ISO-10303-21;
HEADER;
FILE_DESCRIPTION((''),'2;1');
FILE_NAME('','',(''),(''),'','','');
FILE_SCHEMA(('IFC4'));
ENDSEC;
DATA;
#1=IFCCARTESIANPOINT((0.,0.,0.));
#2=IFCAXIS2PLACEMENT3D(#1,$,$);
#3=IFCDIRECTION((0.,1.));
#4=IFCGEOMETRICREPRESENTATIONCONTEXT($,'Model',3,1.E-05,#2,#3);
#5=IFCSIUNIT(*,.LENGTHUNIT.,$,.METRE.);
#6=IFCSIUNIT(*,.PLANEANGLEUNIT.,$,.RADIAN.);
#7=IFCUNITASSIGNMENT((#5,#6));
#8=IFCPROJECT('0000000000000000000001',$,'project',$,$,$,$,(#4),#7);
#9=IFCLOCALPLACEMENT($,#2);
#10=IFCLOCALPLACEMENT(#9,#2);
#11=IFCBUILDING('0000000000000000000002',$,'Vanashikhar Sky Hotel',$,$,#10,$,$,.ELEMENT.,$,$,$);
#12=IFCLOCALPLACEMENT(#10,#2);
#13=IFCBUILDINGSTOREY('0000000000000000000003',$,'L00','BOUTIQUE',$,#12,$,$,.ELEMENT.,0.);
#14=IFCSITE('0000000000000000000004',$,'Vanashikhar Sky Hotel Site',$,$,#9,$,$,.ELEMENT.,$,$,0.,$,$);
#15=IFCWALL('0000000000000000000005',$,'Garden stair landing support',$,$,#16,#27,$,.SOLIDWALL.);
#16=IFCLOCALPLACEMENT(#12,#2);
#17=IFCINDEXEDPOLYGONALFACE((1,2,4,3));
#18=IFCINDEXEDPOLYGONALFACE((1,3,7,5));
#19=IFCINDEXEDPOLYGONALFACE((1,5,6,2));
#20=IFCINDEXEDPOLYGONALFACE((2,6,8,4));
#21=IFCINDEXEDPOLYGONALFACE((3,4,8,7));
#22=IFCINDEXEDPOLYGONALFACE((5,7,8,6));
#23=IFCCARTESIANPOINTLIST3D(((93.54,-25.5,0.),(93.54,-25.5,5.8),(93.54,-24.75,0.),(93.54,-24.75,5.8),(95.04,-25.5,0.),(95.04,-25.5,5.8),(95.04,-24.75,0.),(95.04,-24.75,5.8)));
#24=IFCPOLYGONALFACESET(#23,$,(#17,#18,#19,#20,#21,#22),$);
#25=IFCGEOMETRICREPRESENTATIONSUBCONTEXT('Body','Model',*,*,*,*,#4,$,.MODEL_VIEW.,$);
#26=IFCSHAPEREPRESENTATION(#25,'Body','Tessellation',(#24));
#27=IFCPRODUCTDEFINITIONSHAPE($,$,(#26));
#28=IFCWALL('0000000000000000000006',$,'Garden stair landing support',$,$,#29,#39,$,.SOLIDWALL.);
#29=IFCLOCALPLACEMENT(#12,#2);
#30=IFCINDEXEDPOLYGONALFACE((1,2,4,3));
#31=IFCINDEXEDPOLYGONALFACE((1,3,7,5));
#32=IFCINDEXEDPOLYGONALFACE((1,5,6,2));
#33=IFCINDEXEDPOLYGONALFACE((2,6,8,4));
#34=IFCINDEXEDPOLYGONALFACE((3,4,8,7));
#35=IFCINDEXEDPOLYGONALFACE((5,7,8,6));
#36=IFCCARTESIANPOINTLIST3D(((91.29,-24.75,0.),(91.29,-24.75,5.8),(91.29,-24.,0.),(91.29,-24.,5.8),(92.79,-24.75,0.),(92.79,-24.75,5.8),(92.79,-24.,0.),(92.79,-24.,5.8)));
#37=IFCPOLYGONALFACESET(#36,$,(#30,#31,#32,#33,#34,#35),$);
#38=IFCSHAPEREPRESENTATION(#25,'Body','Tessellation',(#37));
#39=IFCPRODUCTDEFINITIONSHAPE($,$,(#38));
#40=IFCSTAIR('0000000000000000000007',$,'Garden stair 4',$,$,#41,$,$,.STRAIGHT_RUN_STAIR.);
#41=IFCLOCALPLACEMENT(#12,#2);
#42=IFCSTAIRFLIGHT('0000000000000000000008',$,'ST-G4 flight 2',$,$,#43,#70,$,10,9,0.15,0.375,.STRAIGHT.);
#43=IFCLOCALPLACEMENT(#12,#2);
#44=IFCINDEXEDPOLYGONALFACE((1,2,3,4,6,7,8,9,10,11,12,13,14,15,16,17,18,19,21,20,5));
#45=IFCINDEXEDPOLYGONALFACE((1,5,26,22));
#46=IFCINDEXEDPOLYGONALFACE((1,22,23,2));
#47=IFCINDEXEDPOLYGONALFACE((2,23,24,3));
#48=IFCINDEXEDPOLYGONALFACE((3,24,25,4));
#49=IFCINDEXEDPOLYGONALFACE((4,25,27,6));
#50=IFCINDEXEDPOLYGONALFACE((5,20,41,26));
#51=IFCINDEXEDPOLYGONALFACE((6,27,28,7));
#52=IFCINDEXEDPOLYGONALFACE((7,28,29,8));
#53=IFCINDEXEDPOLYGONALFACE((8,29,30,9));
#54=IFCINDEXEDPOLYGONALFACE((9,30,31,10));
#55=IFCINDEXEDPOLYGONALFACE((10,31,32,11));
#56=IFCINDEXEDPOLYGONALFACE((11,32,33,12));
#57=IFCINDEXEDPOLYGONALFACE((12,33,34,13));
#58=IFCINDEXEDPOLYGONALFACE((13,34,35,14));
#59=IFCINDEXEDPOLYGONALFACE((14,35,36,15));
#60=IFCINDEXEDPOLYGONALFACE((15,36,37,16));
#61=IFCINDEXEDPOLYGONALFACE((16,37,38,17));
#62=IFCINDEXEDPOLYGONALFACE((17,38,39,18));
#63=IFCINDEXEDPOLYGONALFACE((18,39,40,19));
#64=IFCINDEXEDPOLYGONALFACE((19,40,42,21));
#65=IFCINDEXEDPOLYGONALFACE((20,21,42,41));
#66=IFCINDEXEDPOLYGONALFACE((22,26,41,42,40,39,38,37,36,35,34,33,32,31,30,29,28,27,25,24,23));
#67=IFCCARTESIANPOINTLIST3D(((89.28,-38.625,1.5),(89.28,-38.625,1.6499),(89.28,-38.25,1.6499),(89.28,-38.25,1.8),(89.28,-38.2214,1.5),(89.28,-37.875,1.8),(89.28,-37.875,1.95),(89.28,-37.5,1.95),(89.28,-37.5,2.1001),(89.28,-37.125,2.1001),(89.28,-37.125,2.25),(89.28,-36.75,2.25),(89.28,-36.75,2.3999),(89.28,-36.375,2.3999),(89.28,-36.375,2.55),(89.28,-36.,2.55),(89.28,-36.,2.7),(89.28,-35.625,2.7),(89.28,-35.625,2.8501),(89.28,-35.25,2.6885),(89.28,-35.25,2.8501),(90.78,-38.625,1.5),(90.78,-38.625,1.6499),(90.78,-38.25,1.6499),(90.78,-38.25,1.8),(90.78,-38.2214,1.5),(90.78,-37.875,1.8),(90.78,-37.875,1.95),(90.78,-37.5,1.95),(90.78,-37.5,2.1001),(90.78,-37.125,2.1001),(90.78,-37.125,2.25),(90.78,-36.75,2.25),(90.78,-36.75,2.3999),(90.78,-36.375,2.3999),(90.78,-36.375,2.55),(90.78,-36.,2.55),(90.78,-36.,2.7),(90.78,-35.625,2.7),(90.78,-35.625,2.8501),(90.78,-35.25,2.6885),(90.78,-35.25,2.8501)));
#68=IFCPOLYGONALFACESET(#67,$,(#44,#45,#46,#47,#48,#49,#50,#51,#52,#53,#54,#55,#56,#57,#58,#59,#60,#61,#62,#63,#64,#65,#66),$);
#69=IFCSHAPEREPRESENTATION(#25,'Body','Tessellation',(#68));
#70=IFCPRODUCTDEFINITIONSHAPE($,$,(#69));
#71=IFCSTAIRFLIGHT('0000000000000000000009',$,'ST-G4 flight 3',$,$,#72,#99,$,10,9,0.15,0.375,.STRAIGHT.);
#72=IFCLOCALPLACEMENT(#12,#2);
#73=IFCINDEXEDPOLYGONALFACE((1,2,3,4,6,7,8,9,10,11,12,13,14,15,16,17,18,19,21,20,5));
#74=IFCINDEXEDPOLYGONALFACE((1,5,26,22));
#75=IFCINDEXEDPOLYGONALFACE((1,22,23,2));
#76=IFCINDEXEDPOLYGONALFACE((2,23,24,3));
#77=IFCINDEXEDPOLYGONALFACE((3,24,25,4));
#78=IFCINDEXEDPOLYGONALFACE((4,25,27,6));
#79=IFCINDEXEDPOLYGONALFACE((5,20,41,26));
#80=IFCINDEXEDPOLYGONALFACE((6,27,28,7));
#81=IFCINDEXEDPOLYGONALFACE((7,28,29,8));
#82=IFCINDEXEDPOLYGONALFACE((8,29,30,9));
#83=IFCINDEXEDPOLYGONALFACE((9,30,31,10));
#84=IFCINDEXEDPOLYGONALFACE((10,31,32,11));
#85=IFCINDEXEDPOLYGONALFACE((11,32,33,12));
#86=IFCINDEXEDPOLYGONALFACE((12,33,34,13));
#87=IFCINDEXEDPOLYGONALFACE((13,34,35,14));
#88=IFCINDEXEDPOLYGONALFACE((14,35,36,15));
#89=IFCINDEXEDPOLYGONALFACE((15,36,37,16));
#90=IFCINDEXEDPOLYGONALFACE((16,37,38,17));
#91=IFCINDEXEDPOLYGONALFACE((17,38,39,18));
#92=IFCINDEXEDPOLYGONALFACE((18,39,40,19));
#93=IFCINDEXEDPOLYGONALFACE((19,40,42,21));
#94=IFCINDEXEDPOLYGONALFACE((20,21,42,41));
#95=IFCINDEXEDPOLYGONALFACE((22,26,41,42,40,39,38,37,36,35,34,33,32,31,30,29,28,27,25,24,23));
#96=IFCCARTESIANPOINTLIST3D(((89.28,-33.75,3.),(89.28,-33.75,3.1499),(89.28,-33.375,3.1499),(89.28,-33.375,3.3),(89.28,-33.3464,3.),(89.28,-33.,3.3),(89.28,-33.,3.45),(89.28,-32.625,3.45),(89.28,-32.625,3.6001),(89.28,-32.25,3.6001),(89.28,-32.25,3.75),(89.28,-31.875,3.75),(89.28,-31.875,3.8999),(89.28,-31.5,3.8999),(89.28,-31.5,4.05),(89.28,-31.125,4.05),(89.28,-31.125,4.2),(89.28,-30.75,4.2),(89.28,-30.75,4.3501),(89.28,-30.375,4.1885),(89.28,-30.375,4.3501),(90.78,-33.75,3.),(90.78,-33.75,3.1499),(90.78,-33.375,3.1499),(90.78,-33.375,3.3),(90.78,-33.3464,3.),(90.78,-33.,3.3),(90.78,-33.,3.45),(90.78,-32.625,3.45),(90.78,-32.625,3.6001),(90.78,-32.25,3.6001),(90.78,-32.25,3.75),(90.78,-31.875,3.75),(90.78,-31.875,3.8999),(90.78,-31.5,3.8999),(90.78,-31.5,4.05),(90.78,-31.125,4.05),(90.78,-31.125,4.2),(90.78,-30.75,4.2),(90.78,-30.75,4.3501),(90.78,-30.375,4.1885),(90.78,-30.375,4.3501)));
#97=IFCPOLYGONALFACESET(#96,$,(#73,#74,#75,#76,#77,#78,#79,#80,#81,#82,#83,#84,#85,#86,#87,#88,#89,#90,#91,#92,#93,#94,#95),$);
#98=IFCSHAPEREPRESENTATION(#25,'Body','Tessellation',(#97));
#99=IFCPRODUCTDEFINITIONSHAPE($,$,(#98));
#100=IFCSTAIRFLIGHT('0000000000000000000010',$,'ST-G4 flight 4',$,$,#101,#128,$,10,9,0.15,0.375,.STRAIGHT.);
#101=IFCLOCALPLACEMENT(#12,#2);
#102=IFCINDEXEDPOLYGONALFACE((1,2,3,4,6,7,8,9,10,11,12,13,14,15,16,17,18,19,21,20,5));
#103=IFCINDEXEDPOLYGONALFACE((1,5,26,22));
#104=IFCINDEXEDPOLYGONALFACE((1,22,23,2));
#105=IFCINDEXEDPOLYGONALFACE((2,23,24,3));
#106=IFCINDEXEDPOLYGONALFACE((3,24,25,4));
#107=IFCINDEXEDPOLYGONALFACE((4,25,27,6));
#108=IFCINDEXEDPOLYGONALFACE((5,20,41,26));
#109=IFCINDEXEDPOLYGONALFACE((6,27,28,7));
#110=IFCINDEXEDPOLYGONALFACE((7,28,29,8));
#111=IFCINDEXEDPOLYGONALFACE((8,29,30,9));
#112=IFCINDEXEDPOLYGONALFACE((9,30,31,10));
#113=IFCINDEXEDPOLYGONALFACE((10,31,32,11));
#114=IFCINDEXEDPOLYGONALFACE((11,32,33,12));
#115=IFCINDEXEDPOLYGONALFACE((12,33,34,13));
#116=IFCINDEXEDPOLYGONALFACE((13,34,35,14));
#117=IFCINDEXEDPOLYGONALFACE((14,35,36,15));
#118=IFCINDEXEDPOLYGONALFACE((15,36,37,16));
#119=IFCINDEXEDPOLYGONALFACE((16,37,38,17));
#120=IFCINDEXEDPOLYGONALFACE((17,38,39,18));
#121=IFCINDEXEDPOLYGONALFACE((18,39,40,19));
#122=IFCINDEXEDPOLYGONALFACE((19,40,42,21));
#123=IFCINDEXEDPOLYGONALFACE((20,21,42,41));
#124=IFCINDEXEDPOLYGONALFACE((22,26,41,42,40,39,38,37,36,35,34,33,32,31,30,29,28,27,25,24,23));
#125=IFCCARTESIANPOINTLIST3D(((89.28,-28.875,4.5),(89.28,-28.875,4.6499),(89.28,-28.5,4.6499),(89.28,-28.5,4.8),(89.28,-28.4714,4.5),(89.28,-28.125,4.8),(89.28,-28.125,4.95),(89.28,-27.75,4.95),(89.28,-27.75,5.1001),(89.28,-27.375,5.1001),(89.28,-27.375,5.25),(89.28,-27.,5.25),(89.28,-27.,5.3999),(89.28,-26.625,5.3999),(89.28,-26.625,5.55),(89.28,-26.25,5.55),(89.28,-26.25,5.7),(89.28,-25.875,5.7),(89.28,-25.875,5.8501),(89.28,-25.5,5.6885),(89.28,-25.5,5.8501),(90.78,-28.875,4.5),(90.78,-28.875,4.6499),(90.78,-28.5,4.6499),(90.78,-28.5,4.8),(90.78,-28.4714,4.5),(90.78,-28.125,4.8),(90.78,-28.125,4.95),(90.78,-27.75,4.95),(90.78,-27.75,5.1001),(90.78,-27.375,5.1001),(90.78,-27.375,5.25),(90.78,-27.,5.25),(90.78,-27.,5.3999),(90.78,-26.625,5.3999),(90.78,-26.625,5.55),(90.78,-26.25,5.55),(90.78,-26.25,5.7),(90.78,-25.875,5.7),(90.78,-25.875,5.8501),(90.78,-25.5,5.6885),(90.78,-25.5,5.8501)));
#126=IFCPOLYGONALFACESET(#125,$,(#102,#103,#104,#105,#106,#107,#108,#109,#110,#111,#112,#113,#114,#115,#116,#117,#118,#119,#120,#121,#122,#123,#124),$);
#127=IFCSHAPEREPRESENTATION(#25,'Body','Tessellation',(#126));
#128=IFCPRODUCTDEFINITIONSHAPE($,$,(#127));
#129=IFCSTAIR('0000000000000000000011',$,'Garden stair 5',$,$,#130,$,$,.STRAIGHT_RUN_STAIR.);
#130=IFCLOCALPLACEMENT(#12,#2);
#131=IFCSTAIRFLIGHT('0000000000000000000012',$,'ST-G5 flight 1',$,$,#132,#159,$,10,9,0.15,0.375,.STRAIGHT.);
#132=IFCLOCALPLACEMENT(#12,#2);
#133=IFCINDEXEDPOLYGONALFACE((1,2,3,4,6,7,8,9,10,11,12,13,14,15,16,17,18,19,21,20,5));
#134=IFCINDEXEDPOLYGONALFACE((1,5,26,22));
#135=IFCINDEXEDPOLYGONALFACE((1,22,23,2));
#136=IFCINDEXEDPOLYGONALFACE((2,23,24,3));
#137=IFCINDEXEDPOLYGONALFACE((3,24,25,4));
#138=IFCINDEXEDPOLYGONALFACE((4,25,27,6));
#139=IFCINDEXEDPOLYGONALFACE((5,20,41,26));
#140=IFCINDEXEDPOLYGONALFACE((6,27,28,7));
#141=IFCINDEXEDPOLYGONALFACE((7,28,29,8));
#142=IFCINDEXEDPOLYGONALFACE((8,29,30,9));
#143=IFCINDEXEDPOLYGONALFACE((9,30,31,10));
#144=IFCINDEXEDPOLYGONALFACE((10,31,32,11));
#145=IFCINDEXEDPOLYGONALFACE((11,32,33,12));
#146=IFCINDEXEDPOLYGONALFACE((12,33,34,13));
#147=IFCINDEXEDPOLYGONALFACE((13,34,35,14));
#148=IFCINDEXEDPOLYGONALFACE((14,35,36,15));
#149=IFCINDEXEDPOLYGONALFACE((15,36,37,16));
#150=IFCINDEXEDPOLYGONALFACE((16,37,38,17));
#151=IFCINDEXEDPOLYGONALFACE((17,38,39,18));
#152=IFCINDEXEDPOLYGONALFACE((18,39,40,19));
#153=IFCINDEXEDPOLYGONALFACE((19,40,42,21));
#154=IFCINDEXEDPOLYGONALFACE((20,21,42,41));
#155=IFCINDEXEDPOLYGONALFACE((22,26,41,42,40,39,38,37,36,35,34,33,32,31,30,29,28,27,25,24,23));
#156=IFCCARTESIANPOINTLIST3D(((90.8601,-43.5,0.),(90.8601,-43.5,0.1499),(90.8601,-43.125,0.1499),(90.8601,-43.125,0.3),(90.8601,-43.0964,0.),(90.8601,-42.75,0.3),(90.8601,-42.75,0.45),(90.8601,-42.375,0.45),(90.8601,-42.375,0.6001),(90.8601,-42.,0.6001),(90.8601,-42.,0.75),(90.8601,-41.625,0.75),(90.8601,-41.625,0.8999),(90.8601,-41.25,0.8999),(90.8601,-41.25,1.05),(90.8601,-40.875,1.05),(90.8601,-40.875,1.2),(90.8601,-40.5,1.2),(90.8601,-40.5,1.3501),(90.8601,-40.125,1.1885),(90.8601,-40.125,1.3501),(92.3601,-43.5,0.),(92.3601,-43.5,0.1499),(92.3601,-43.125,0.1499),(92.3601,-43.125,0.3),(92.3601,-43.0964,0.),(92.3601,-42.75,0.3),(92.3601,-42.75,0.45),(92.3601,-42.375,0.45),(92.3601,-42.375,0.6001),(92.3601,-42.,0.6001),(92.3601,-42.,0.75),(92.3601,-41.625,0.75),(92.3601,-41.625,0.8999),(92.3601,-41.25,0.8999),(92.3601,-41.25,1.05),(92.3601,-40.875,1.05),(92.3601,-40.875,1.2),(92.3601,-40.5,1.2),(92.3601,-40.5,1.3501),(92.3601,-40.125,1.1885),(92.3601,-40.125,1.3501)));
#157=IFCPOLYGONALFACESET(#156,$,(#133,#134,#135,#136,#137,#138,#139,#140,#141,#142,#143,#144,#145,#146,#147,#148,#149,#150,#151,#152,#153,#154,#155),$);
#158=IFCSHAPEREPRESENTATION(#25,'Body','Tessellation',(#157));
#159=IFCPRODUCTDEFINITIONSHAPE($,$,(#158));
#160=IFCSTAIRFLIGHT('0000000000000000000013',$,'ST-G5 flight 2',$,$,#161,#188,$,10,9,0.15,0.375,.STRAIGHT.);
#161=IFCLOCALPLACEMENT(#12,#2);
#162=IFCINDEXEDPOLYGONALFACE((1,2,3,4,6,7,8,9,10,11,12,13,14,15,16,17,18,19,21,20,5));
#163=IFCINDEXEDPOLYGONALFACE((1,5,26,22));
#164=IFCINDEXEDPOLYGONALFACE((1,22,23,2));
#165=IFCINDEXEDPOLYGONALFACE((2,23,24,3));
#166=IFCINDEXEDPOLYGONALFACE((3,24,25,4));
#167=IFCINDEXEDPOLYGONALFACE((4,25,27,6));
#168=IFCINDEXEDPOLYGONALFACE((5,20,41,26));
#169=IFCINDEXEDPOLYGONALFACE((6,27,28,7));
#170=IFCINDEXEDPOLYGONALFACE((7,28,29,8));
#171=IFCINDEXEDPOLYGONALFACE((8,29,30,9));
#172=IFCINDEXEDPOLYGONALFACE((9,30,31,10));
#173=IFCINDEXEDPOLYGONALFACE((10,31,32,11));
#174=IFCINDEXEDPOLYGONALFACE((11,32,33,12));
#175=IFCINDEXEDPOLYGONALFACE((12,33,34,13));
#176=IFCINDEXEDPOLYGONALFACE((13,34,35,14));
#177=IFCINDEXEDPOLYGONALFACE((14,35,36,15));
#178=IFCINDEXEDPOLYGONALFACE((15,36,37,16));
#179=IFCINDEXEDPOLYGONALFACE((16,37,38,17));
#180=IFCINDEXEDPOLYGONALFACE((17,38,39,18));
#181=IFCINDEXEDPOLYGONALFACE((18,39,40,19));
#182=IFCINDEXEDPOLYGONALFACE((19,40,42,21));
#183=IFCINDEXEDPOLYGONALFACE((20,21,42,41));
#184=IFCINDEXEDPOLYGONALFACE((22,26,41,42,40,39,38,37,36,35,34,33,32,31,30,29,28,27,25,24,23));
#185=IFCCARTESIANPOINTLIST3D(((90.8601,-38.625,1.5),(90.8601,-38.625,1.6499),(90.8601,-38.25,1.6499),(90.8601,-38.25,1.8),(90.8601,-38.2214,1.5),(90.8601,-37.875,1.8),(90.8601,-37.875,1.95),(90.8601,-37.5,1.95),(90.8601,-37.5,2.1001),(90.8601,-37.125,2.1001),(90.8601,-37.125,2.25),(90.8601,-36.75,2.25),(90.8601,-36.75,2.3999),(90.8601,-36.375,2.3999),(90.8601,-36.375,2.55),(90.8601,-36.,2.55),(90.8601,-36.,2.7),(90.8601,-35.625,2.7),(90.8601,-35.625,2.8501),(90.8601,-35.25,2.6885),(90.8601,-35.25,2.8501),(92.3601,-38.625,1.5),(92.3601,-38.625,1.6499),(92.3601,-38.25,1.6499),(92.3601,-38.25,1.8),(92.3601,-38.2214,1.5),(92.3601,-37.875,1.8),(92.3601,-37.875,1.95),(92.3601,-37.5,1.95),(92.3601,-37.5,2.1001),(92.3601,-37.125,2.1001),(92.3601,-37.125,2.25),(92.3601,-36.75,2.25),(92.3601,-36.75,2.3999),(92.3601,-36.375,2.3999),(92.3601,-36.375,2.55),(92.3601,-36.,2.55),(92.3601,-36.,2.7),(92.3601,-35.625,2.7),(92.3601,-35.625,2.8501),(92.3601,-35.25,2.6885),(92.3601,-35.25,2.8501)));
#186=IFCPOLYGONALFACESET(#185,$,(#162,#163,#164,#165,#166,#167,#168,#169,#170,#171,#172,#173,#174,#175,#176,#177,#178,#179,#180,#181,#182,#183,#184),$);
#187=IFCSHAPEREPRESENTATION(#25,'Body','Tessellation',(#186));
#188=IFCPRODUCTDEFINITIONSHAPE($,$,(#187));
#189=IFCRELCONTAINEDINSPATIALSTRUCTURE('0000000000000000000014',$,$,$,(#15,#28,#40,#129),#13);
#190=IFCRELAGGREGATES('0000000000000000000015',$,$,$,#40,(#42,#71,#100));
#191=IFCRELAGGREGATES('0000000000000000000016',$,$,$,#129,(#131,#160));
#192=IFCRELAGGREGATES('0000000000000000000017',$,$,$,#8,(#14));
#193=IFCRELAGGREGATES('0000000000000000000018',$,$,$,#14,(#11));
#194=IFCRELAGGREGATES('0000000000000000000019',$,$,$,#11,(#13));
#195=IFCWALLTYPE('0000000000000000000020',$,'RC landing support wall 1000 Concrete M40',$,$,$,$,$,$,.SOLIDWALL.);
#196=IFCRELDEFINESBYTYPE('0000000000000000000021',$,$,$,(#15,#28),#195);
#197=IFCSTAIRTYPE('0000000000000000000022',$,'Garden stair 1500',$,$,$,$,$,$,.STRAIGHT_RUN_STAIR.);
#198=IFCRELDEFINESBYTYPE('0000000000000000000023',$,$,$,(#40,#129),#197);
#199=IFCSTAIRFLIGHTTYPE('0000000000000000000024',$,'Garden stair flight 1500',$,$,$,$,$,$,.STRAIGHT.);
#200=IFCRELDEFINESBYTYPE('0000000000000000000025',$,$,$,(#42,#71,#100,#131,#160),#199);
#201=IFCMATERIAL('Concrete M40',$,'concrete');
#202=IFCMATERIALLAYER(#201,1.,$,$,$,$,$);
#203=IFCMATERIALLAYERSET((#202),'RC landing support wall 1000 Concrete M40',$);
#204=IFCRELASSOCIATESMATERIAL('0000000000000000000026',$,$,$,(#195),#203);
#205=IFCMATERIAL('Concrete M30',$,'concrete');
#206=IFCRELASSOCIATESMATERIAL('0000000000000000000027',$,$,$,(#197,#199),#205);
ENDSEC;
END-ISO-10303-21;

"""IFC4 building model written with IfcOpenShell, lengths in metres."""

from ifc_helpers import new_model, si_unit, direction, frame, frame_2d, origin, place, context, subcontext, project, spatial, polyline, rectangle, outline, extrude, source, transform, mapped, material, layer, layer_set, type_object, element, aggregate, save


model = new_model("IFC4")

# Units and contexts
model_context = context("Model", 3, precision=1e-05, world=origin(), true_north=direction((0.0, 1.0)))
body_context = subcontext(model_context, "Body", "Model", "MODEL_VIEW")
ifc_project = project(units=[si_unit("LENGTHUNIT", "METRE"), si_unit("PLANEANGLEUNIT", "RADIAN")], contexts=[model_context])

# Site, building, storey
site_placement = place(None, origin())
site = spatial("IfcSite", under=ifc_project, at=site_placement, Name="Vanashikhar Sky Hotel Site", CompositionType="ELEMENT", RefElevation=0.0)
building_placement = place(site_placement, origin())
building = spatial("IfcBuilding", under=site, at=building_placement, Name="Vanashikhar Sky Hotel", CompositionType="ELEMENT")
storey_placement = place(building_placement, origin())
storey = spatial("IfcBuildingStorey", under=building, at=storey_placement, Name="L00", Description="BOUTIQUE", CompositionType="ELEMENT", Elevation=0.0)

# Shared definitions
ifc_material_1 = material(Name="Concrete M40", Category="concrete")

# Walls
ifc_layer_1 = layer(ifc_material_1, 1.0)
ifc_layer_set_1 = layer_set([ifc_layer_1], Name="RC landing support wall 1000 Concrete M40")
wall_type_1 = type_object("IfcWallType", Name="RC landing support wall 1000 Concrete M40", PredefinedType="SOLIDWALL", material=ifc_layer_set_1)
shared_shape_1 = source(origin(), body_context, "Body", "SweptSolid", [
    extrude(rectangle(XDim=1.5, YDim=0.75, at=frame_2d((0.75, 0.0))), origin(), (0.0, 0.0, 1.0), 5.8),
])
for number, where, z_axis, x_axis, name in (
    (1, (93.54, -25.125, 0.0), (0.0, 0.0, 1.0), (1.0, 0.0, 0.0), "Garden stair landing support"),
    (2, (91.29, -24.375, 0.0), (0.0, 0.0, 1.0), (1.0, 0.0, 0.0), "Garden stair landing support"),
):
    element("IfcWall", number, at=place(storey_placement, frame(where, z_axis=z_axis, x_axis=x_axis)), inside=storey, type_object=wall_type_1, Name=name, PredefinedType="SOLIDWALL", context=body_context, shape_type="MappedRepresentation", body=[
        mapped(shared_shape_1, transform((0.0, 0.0, 0.0), scale=1.0)),
    ])

# Stairs, stair flights
ifc_material_2 = material(Name="Concrete M30", Category="concrete")
stair_type = type_object("IfcStairType", Name="Garden stair 1500", PredefinedType="STRAIGHT_RUN_STAIR", material=ifc_material_2)
stair_1_placement = place(storey_placement, origin())
stair_1 = element("IfcStair", 3, at=stair_1_placement, inside=storey, type_object=stair_type, Name="Garden stair 4", PredefinedType="STRAIGHT_RUN_STAIR")
stair_flight_type = type_object("IfcStairFlightType", Name="Garden stair flight 1500", PredefinedType="STRAIGHT", material=ifc_material_2)
shared_shape_2 = source(origin(), body_context, "Body", "SweptSolid", [
    extrude(outline(polyline([(0.0, 0.0), (0.0, 0.1499), (0.375, 0.1499), (0.375, 0.3), (0.75, 0.3), (0.75, 0.45), (1.125, 0.45), (1.125, 0.6001), (1.5, 0.6001), (1.5, 0.75), (1.875, 0.75), (1.875, 0.8999), (2.25, 0.8999), (2.25, 1.05), (2.625, 1.05), (2.625, 1.2), (3.0, 1.2), (3.0, 1.3501), (3.375, 1.3501), (3.375, 1.5), (3.375, 1.1885), (0.4036, 0.0), (0.0, 0.0)])), frame((0.0, 0.75, 0.0), z_axis=(0.0, -1.0, 0.0), x_axis=(1.0, 0.0, 0.0)), (0.0, 0.0, 1.0), 1.5),
])
stair_flight_1_placement = place(storey_placement, frame((90.03, -38.625, 1.5), z_axis=(0.0, 0.0, 1.0), x_axis=(0.0, 1.0, 0.0)))
stair_flight_1 = element("IfcStairFlight", 4, at=stair_flight_1_placement, type_object=stair_flight_type, Name="ST-G4 flight 2", NumberOfRisers=10, NumberOfTreads=9, PredefinedType="STRAIGHT", RiserHeight=0.15, TreadLength=0.375, context=body_context, shape_type="MappedRepresentation", body=[
    mapped(shared_shape_2, transform((0.0, 0.0, 0.0), scale=1.0)),
])
stair_flight_2_placement = place(storey_placement, frame((90.03, -33.75, 3.0), z_axis=(0.0, 0.0, 1.0), x_axis=(0.0, 1.0, 0.0)))
stair_flight_2 = element("IfcStairFlight", 5, at=stair_flight_2_placement, type_object=stair_flight_type, Name="ST-G4 flight 3", NumberOfRisers=10, NumberOfTreads=9, PredefinedType="STRAIGHT", RiserHeight=0.15, TreadLength=0.375, context=body_context, shape_type="MappedRepresentation", body=[
    mapped(shared_shape_2, transform((0.0, 0.0, 0.0), scale=1.0)),
])
stair_flight_3_placement = place(storey_placement, frame((90.03, -28.875, 4.5), z_axis=(0.0, 0.0, 1.0), x_axis=(0.0, 1.0, 0.0)))
stair_flight_3 = element("IfcStairFlight", 6, at=stair_flight_3_placement, type_object=stair_flight_type, Name="ST-G4 flight 4", NumberOfRisers=10, NumberOfTreads=9, PredefinedType="STRAIGHT", RiserHeight=0.15, TreadLength=0.375, context=body_context, shape_type="MappedRepresentation", body=[
    mapped(shared_shape_2, transform((0.0, 0.0, 0.0), scale=1.0)),
])
aggregate(stair_1, [stair_flight_1, stair_flight_2, stair_flight_3])
stair_2_placement = place(storey_placement, origin())
stair_2 = element("IfcStair", 7, at=stair_2_placement, inside=storey, type_object=stair_type, Name="Garden stair 5", PredefinedType="STRAIGHT_RUN_STAIR")
stair_flight_4_placement = place(storey_placement, frame((91.6101, -43.5, 0.0), z_axis=(0.0, 0.0, 1.0), x_axis=(0.0, 1.0, 0.0)))
stair_flight_4 = element("IfcStairFlight", 8, at=stair_flight_4_placement, type_object=stair_flight_type, Name="ST-G5 flight 1", NumberOfRisers=10, NumberOfTreads=9, PredefinedType="STRAIGHT", RiserHeight=0.15, TreadLength=0.375, context=body_context, shape_type="MappedRepresentation", body=[
    mapped(shared_shape_2, transform((0.0, 0.0, 0.0), scale=1.0)),
])
stair_flight_5_placement = place(storey_placement, frame((91.6101, -38.625, 1.5), z_axis=(0.0, 0.0, 1.0), x_axis=(0.0, 1.0, 0.0)))
stair_flight_5 = element("IfcStairFlight", 9, at=stair_flight_5_placement, type_object=stair_flight_type, Name="ST-G5 flight 2", NumberOfRisers=10, NumberOfTreads=9, PredefinedType="STRAIGHT", RiserHeight=0.15, TreadLength=0.375, context=body_context, shape_type="MappedRepresentation", body=[
    mapped(shared_shape_2, transform((0.0, 0.0, 0.0), scale=1.0)),
])
aggregate(stair_2, [stair_flight_4, stair_flight_5])

save(model, "model.ifc")
